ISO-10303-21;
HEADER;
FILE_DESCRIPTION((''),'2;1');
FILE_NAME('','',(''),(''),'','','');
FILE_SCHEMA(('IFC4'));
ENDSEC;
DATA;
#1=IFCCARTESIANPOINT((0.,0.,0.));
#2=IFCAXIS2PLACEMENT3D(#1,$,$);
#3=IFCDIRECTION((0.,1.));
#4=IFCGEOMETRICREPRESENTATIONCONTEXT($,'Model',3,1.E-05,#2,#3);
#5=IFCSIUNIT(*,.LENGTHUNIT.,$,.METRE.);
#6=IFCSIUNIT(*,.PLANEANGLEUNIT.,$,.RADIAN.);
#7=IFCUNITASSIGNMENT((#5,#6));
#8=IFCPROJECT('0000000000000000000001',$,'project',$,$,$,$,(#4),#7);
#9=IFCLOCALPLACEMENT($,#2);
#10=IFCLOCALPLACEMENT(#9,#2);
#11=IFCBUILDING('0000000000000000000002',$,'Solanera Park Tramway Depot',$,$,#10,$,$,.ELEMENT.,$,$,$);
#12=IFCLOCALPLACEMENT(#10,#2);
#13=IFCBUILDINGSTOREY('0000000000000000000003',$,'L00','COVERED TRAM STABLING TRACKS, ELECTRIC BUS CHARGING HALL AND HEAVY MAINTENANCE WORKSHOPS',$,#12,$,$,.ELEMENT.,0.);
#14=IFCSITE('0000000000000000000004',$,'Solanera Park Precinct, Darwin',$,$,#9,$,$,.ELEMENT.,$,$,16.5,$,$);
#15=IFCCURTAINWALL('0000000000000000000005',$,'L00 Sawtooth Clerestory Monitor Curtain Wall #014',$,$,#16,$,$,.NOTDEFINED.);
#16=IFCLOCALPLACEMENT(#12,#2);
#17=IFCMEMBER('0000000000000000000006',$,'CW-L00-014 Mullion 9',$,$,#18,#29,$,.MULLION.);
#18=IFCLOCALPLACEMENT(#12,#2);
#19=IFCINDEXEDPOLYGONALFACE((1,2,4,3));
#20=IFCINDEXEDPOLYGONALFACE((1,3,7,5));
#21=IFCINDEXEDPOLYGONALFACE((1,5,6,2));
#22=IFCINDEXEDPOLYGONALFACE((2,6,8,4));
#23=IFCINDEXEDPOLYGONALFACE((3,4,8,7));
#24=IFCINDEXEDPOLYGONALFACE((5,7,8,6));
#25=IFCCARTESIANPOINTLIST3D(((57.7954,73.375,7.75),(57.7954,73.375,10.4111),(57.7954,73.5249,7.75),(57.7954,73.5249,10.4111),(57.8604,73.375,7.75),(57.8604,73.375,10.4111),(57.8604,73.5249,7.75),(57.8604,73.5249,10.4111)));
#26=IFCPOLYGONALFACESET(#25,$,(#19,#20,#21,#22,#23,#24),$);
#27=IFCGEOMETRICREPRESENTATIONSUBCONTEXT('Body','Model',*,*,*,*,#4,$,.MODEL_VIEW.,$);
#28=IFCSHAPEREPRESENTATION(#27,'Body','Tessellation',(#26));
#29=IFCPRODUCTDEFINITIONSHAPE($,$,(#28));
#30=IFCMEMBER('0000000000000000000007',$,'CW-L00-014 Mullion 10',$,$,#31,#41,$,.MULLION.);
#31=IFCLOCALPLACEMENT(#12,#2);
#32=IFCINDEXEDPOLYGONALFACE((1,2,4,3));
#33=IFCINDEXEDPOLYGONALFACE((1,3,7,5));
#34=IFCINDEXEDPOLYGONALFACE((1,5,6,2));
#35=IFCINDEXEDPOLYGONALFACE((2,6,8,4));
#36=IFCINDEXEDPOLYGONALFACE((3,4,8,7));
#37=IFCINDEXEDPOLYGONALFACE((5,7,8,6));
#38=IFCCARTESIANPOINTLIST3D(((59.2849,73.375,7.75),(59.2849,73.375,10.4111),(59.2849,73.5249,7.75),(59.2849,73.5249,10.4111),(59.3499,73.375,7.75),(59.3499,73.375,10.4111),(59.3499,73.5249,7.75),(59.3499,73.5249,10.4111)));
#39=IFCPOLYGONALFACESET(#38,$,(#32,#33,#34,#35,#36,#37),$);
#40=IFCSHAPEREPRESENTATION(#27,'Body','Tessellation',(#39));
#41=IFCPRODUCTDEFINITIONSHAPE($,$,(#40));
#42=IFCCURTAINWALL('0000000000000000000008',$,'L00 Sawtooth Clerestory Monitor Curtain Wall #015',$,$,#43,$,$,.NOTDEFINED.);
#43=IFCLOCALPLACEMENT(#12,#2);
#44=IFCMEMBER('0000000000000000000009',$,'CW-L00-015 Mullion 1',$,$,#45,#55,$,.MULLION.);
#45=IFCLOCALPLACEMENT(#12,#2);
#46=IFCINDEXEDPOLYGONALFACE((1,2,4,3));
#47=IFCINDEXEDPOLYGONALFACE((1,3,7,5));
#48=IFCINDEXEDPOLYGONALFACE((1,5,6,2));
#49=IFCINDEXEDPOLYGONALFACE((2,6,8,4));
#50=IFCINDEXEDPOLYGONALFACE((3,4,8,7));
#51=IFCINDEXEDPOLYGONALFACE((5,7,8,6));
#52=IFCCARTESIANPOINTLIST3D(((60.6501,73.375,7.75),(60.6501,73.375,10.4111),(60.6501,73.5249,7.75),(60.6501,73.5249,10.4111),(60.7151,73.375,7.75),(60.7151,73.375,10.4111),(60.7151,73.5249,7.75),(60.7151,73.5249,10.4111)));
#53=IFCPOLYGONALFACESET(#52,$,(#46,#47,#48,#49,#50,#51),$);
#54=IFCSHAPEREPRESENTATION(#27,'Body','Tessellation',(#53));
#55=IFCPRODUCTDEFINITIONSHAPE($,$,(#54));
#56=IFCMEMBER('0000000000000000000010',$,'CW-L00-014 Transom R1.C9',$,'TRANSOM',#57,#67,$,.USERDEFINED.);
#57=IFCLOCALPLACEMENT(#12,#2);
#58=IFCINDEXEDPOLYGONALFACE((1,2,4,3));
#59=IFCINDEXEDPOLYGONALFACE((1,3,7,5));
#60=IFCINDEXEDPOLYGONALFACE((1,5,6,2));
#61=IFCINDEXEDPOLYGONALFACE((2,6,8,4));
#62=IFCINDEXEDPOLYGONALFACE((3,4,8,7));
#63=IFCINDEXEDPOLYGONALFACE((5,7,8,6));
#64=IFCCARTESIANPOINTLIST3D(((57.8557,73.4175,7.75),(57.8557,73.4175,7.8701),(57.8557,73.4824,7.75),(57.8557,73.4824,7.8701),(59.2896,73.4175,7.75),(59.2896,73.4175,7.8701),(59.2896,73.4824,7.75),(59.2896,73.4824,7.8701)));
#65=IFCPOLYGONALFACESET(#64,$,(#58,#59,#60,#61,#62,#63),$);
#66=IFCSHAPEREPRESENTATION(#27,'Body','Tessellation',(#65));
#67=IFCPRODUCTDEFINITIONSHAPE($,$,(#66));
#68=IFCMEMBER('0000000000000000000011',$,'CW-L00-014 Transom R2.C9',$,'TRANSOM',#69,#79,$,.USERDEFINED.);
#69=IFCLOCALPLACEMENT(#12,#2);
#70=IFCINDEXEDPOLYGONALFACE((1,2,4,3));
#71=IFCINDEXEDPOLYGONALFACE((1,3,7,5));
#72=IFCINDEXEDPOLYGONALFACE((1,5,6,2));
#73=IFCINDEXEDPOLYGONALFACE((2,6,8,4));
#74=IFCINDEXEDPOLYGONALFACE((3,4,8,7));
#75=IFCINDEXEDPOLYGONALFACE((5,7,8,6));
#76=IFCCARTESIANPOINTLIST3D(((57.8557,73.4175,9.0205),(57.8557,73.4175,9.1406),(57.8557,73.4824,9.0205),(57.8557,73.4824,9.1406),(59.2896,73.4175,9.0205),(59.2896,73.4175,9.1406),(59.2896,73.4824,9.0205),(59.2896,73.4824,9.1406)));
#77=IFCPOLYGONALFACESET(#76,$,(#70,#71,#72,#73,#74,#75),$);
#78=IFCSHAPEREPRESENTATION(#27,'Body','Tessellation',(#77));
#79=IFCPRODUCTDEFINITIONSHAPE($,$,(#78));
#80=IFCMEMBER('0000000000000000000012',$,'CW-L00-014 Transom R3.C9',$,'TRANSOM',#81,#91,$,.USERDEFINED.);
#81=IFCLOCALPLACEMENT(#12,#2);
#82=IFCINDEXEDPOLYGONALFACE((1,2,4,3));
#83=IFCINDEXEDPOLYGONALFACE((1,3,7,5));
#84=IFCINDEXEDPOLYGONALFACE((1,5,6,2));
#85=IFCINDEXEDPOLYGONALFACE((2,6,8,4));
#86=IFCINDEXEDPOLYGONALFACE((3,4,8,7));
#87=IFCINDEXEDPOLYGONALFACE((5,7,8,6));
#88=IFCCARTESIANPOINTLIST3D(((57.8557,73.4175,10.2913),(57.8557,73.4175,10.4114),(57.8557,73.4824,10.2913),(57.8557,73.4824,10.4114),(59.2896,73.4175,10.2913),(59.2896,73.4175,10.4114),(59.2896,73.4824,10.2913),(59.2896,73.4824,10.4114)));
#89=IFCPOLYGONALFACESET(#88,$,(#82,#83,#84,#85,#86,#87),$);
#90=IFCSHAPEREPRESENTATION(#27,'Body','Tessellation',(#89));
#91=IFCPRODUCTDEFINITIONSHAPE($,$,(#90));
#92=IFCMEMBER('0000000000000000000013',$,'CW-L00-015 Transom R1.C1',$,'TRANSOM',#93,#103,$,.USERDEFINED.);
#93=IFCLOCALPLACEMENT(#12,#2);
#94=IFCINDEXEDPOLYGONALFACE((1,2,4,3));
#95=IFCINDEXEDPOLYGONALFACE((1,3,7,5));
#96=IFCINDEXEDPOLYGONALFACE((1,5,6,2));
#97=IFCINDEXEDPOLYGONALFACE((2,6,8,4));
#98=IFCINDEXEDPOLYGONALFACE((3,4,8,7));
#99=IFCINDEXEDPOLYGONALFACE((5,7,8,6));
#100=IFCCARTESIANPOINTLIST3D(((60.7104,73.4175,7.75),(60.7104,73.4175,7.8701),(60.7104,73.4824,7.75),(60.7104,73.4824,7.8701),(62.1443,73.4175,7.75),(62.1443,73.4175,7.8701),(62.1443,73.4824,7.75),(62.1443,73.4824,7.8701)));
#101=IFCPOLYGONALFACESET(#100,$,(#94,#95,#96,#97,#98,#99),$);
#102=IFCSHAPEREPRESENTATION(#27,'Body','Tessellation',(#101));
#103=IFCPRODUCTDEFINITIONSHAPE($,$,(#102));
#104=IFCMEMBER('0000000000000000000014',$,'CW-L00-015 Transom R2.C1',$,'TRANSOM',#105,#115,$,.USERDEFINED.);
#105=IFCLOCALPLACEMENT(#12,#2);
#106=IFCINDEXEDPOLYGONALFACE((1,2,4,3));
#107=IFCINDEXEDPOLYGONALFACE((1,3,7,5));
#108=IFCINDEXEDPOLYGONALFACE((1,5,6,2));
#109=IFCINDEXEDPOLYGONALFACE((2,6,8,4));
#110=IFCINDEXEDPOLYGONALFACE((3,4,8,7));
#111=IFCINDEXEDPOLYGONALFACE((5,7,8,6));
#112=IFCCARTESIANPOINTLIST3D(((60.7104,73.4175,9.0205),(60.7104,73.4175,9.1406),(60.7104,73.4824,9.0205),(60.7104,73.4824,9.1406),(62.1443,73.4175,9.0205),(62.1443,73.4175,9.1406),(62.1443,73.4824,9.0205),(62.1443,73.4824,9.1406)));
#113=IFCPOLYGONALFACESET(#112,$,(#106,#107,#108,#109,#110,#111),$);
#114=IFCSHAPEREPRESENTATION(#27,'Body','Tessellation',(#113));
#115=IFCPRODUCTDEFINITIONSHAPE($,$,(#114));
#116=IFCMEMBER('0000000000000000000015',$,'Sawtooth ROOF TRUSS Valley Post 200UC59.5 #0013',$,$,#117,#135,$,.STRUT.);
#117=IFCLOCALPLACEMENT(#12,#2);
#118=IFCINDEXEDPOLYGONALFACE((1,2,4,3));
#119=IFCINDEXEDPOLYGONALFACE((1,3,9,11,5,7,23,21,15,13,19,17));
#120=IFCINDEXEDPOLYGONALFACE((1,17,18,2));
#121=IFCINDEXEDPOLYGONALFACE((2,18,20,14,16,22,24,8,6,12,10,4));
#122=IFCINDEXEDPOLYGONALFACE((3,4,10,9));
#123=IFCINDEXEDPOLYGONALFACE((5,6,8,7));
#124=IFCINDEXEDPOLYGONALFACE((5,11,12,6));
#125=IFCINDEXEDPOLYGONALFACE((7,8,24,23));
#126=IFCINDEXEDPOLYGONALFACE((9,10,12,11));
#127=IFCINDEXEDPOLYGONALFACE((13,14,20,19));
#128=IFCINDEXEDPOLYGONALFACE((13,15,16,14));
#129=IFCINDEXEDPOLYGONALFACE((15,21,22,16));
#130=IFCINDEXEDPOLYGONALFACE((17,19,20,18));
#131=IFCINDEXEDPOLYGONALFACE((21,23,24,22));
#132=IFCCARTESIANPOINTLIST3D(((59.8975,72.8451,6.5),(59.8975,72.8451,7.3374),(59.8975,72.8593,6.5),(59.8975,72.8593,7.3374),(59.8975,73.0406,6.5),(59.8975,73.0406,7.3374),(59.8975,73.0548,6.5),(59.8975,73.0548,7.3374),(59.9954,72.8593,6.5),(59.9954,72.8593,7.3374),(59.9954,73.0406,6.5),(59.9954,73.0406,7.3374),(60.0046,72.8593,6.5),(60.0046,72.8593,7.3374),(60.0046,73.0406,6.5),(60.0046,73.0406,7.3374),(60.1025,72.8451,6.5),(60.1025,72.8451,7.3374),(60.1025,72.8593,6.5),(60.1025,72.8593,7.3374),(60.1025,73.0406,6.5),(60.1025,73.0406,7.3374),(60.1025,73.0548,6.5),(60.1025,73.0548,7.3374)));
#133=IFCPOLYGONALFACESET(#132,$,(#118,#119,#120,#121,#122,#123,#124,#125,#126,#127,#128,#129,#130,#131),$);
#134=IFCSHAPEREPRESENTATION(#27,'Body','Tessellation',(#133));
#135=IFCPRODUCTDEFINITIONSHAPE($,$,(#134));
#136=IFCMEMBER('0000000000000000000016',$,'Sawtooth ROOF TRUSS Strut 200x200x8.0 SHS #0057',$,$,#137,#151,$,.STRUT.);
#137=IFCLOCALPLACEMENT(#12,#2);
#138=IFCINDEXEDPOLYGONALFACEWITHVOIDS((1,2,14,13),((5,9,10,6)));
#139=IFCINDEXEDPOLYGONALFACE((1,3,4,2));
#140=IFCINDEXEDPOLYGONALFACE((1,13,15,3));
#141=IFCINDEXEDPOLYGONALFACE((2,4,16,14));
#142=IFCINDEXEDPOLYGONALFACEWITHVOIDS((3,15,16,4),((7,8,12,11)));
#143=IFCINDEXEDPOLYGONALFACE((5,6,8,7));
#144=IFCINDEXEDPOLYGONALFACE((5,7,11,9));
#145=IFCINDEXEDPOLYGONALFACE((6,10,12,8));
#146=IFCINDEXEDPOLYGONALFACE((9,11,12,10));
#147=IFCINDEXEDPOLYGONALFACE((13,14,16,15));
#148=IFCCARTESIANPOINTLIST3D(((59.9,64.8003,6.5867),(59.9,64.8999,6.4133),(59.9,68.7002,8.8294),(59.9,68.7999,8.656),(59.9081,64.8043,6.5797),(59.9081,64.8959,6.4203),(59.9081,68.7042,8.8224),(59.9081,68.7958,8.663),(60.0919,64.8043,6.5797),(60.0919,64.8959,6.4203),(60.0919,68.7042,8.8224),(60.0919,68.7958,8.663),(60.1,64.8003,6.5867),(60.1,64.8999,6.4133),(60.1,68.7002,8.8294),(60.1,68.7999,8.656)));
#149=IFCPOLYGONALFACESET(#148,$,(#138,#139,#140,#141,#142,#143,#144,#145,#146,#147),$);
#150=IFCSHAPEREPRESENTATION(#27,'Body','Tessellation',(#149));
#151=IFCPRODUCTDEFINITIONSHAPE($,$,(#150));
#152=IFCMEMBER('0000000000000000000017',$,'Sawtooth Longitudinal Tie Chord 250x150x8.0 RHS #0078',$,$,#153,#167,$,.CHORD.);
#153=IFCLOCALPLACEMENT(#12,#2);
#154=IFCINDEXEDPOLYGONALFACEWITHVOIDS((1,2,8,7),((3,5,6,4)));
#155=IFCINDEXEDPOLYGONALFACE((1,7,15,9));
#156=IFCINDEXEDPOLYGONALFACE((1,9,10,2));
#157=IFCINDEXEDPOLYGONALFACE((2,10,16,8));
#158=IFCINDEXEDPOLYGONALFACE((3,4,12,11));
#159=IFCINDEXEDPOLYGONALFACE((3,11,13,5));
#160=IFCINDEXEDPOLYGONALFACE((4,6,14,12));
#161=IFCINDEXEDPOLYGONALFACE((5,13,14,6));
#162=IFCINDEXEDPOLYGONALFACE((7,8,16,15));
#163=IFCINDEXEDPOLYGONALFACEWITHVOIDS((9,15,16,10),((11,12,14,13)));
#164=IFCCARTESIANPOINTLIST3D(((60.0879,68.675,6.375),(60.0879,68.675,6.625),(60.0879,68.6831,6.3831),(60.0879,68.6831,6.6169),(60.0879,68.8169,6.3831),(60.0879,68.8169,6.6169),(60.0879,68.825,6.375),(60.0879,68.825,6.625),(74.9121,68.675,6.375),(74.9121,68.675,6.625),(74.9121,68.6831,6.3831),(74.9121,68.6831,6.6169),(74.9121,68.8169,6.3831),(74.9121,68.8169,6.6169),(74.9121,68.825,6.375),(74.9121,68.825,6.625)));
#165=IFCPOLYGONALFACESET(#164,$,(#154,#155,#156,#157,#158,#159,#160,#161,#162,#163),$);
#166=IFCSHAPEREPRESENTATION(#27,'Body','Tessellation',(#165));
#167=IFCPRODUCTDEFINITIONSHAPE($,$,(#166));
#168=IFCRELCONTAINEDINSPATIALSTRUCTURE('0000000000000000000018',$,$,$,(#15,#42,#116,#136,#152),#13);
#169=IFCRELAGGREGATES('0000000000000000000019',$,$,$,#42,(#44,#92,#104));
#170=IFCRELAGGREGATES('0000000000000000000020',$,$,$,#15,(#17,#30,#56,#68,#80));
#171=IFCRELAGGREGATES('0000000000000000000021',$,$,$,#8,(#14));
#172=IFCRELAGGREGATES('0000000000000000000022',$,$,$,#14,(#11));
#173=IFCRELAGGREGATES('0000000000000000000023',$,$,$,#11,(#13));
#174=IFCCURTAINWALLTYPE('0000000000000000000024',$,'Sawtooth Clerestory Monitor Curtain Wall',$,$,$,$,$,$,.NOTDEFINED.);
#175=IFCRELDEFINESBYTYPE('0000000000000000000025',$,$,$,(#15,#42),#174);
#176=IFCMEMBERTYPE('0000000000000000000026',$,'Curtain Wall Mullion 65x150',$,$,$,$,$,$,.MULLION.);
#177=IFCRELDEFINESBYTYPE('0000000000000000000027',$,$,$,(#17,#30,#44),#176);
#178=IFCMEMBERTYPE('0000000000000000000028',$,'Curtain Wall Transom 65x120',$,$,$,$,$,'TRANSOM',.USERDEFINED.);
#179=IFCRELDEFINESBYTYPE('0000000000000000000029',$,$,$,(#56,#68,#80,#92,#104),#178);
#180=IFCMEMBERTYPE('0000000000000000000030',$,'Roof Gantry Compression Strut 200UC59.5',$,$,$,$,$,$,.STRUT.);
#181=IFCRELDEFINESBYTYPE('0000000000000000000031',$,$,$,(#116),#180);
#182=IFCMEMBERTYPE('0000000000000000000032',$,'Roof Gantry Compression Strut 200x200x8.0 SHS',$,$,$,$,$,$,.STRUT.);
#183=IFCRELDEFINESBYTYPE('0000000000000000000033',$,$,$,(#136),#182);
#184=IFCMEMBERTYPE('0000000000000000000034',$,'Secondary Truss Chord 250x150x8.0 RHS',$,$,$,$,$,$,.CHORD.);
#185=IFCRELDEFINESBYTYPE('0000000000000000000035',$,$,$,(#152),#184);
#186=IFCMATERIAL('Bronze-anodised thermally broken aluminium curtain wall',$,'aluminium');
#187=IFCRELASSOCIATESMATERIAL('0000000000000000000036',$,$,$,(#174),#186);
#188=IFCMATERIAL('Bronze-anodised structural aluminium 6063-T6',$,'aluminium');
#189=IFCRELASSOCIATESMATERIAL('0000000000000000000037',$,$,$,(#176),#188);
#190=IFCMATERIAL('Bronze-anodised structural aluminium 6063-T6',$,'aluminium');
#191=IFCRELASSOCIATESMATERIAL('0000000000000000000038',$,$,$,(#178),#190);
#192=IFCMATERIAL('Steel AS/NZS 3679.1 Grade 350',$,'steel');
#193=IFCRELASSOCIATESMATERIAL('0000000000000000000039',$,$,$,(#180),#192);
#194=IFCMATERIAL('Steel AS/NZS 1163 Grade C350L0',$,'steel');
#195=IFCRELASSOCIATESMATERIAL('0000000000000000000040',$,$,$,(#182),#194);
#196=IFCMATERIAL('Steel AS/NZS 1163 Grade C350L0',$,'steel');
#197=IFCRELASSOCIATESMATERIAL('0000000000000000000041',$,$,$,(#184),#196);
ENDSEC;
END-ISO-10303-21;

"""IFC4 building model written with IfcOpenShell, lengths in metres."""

from ifc_helpers import new_model, si_unit, direction, frame, origin, origin_2d, place, context, subcontext, project, spatial, rectangle, hollow_rectangle, i_section, extrude, material, material_profile, profile_set, type_object, element, aggregate, save


model = new_model("IFC4")

# Units and contexts
model_context = context("Model", 3, precision=1e-05, world=origin(), true_north=direction((0.0, 1.0)))
body_context = subcontext(model_context, "Body", "Model", "MODEL_VIEW")
ifc_project = project(units=[si_unit("LENGTHUNIT", "METRE"), si_unit("PLANEANGLEUNIT", "RADIAN")], contexts=[model_context])

# Site, building, storey
site_placement = place(None, origin())
site = spatial("IfcSite", under=ifc_project, at=site_placement, Name="Solanera Park Precinct, Darwin", CompositionType="ELEMENT", RefElevation=16.5)
building_placement = place(site_placement, origin())
building = spatial("IfcBuilding", under=site, at=building_placement, Name="Solanera Park Tramway Depot", CompositionType="ELEMENT")
storey_placement = place(building_placement, origin())
storey = spatial("IfcBuildingStorey", under=building, at=storey_placement, Name="L00", Description="COVERED TRAM STABLING TRACKS, ELECTRIC BUS CHARGING HALL AND HEAVY MAINTENANCE WORKSHOPS", CompositionType="ELEMENT", Elevation=0.0)

# Curtain wall, members
ifc_material_1 = material(Name="Bronze-anodised thermally broken aluminium curtain wall", Category="aluminium")
curtain_wall_type = type_object("IfcCurtainWallType", Name="Sawtooth Clerestory Monitor Curtain Wall", PredefinedType="NOTDEFINED", material=ifc_material_1)
curtain_wall_1_placement = place(storey_placement, origin())
curtain_wall_1 = element("IfcCurtainWall", 1, at=curtain_wall_1_placement, inside=storey, type_object=curtain_wall_type, Name="L00 Sawtooth Clerestory Monitor Curtain Wall #014", PredefinedType="NOTDEFINED")
ifc_material_2 = material(Name="Bronze-anodised structural aluminium 6063-T6", Category="aluminium")
ifc_material_profile_1 = material_profile(ifc_material_2, rectangle(XDim=0.0649, YDim=0.1499, at=origin_2d()), Name="Curtain Wall Mullion 65x150")
ifc_profile_set_1 = profile_set([ifc_material_profile_1], Name="Bronze-anodised structural aluminium 6063-T6")
member_type_1 = type_object("IfcMemberType", Name="Curtain Wall Mullion 65x150", PredefinedType="MULLION", material=ifc_profile_set_1)
member_1_placement = place(storey_placement, frame((57.8279, 73.45, 7.75), z_axis=(0.0, 0.0, 1.0), x_axis=(1.0, 0.0, 0.0)))
member_1 = element("IfcMember", 2, at=member_1_placement, type_object=member_type_1, Name="CW-L00-014 Mullion 9", PredefinedType="MULLION", context=body_context, shape_type="SweptSolid", body=[
    extrude(rectangle(XDim=0.0649, YDim=0.1499, at=origin_2d()), origin(), (0.0, 0.0, 1.0), 2.6611),
])
member_2_placement = place(storey_placement, frame((59.3174, 73.45, 7.75), z_axis=(0.0, 0.0, 1.0), x_axis=(1.0, 0.0, 0.0)))
member_2 = element("IfcMember", 3, at=member_2_placement, type_object=member_type_1, Name="CW-L00-014 Mullion 10", PredefinedType="MULLION", context=body_context, shape_type="SweptSolid", body=[
    extrude(rectangle(XDim=0.0649, YDim=0.1499, at=origin_2d()), origin(), (0.0, 0.0, 1.0), 2.6611),
])

# Curtain wall, member
curtain_wall_2_placement = place(storey_placement, origin())
curtain_wall_2 = element("IfcCurtainWall", 4, at=curtain_wall_2_placement, inside=storey, type_object=curtain_wall_type, Name="L00 Sawtooth Clerestory Monitor Curtain Wall #015", PredefinedType="NOTDEFINED")
member_3_placement = place(storey_placement, frame((60.6826, 73.45, 7.75), z_axis=(0.0, 0.0, 1.0), x_axis=(1.0, 0.0, 0.0)))
member_3 = element("IfcMember", 5, at=member_3_placement, type_object=member_type_1, Name="CW-L00-015 Mullion 1", PredefinedType="MULLION", context=body_context, shape_type="SweptSolid", body=[
    extrude(rectangle(XDim=0.0649, YDim=0.1499, at=origin_2d()), origin(), (0.0, 0.0, 1.0), 2.6611),
])

# Members
ifc_material_3 = material(Name="Bronze-anodised structural aluminium 6063-T6", Category="aluminium")
ifc_material_profile_2 = material_profile(ifc_material_3, rectangle(XDim=0.0649, YDim=0.1201, at=origin_2d()), Name="Curtain Wall Transom 65x120")
ifc_profile_set_2 = profile_set([ifc_material_profile_2], Name="Bronze-anodised structural aluminium 6063-T6")
member_type_2 = type_object("IfcMemberType", Name="Curtain Wall Transom 65x120", ElementType="TRANSOM", PredefinedType="USERDEFINED", material=ifc_profile_set_2)
member_4_placement = place(storey_placement, frame((57.8557, 73.45, 7.8101), z_axis=(1.0, 0.0, 0.0), x_axis=(0.0, 1.0, 0.0)))
member_4 = element("IfcMember", 6, at=member_4_placement, type_object=member_type_2, Name="CW-L00-014 Transom R1.C9", ObjectType="TRANSOM", PredefinedType="USERDEFINED", context=body_context, shape_type="SweptSolid", body=[
    extrude(rectangle(XDim=0.0649, YDim=0.1201, at=origin_2d()), origin(), (0.0, 0.0, 1.0), 1.4338),
])
member_5_placement = place(storey_placement, frame((57.8557, 73.45, 9.0806), z_axis=(1.0, 0.0, 0.0), x_axis=(0.0, 1.0, 0.0)))
member_5 = element("IfcMember", 7, at=member_5_placement, type_object=member_type_2, Name="CW-L00-014 Transom R2.C9", ObjectType="TRANSOM", PredefinedType="USERDEFINED", context=body_context, shape_type="SweptSolid", body=[
    extrude(rectangle(XDim=0.0649, YDim=0.1201, at=origin_2d()), origin(), (0.0, 0.0, 1.0), 1.4338),
])
member_6_placement = place(storey_placement, frame((57.8557, 73.45, 10.3513), z_axis=(1.0, 0.0, 0.0), x_axis=(0.0, 1.0, 0.0)))
member_6 = element("IfcMember", 8, at=member_6_placement, type_object=member_type_2, Name="CW-L00-014 Transom R3.C9", ObjectType="TRANSOM", PredefinedType="USERDEFINED", context=body_context, shape_type="SweptSolid", body=[
    extrude(rectangle(XDim=0.0649, YDim=0.1201, at=origin_2d()), origin(), (0.0, 0.0, 1.0), 1.4338),
])
member_7_placement = place(storey_placement, frame((60.7104, 73.45, 7.8101), z_axis=(1.0, 0.0, 0.0), x_axis=(0.0, 1.0, 0.0)))
member_7 = element("IfcMember", 9, at=member_7_placement, type_object=member_type_2, Name="CW-L00-015 Transom R1.C1", ObjectType="TRANSOM", PredefinedType="USERDEFINED", context=body_context, shape_type="SweptSolid", body=[
    extrude(rectangle(XDim=0.0649, YDim=0.1201, at=origin_2d()), origin(), (0.0, 0.0, 1.0), 1.4338),
])
member_8_placement = place(storey_placement, frame((60.7104, 73.45, 9.0806), z_axis=(1.0, 0.0, 0.0), x_axis=(0.0, 1.0, 0.0)))
member_8 = element("IfcMember", 10, at=member_8_placement, type_object=member_type_2, Name="CW-L00-015 Transom R2.C1", ObjectType="TRANSOM", PredefinedType="USERDEFINED", context=body_context, shape_type="SweptSolid", body=[
    extrude(rectangle(XDim=0.0649, YDim=0.1201, at=origin_2d()), origin(), (0.0, 0.0, 1.0), 1.4338),
])
aggregate(curtain_wall_2, [member_3, member_7, member_8])

# Members
ifc_material_4 = material(Name="Steel AS/NZS 3679.1 Grade 350", Category="steel")
ifc_material_profile_3 = material_profile(ifc_material_4, i_section(OverallWidth=0.2051, OverallDepth=0.2097, WebThickness=0.0093, FlangeThickness=0.0142, at=origin_2d()), Name="200UC59.5")
ifc_profile_set_3 = profile_set([ifc_material_profile_3], Name="Steel AS/NZS 3679.1 Grade 350")
member_type_3 = type_object("IfcMemberType", Name="Roof Gantry Compression Strut 200UC59.5", PredefinedType="STRUT", material=ifc_profile_set_3)
member_9_placement = place(storey_placement, frame((60.0, 72.95, 6.5), z_axis=(0.0, 0.0, 1.0), x_axis=(1.0, 0.0, 0.0)))
element("IfcMember", 11, at=member_9_placement, inside=storey, type_object=member_type_3, Name="Sawtooth ROOF TRUSS Valley Post 200UC59.5 #0013", PredefinedType="STRUT", context=body_context, shape_type="SweptSolid", body=[
    extrude(i_section(OverallWidth=0.2051, OverallDepth=0.2097, WebThickness=0.0093, FlangeThickness=0.0142, at=origin_2d()), origin(), (0.0, 0.0, 1.0), 0.8374),
])
ifc_material_5 = material(Name="Steel AS/NZS 1163 Grade C350L0", Category="steel")
ifc_material_profile_4 = material_profile(ifc_material_5, hollow_rectangle(XDim=0.2, YDim=0.2, WallThickness=0.0081, at=origin_2d()), Name="200x200x8.0 SHS")
ifc_profile_set_4 = profile_set([ifc_material_profile_4], Name="Steel AS/NZS 1163 Grade C350L0")
member_type_4 = type_object("IfcMemberType", Name="Roof Gantry Compression Strut 200x200x8.0 SHS", PredefinedType="STRUT", material=ifc_profile_set_4)
member_10_placement = place(storey_placement, frame((60.0, 64.8501, 6.5), z_axis=(0.0, 0.866884, 0.49851), x_axis=(-1.0, 0.0, 0.0)))
element("IfcMember", 12, at=member_10_placement, inside=storey, type_object=member_type_4, Name="Sawtooth ROOF TRUSS Strut 200x200x8.0 SHS #0057", PredefinedType="STRUT", context=body_context, shape_type="SweptSolid", body=[
    extrude(hollow_rectangle(XDim=0.2, YDim=0.2, WallThickness=0.0081, at=origin_2d()), origin(), (0.0, 0.0, 1.0), 4.4988),
])
ifc_material_6 = material(Name="Steel AS/NZS 1163 Grade C350L0", Category="steel")
ifc_material_profile_5 = material_profile(ifc_material_6, hollow_rectangle(XDim=0.1499, YDim=0.25, WallThickness=0.0081, at=origin_2d()), Name="250x150x8.0 RHS")
ifc_profile_set_5 = profile_set([ifc_material_profile_5], Name="Steel AS/NZS 1163 Grade C350L0")
member_type_5 = type_object("IfcMemberType", Name="Secondary Truss Chord 250x150x8.0 RHS", PredefinedType="CHORD", material=ifc_profile_set_5)
member_11_placement = place(storey_placement, frame((60.0879, 68.75, 6.5), z_axis=(1.0, 0.0, 0.0), x_axis=(0.0, 1.0, 0.0)))
element("IfcMember", 13, at=member_11_placement, inside=storey, type_object=member_type_5, Name="Sawtooth Longitudinal Tie Chord 250x150x8.0 RHS #0078", PredefinedType="CHORD", context=body_context, shape_type="SweptSolid", body=[
    extrude(hollow_rectangle(XDim=0.1499, YDim=0.25, WallThickness=0.0081, at=origin_2d()), origin(), (0.0, 0.0, 1.0), 14.8242),
])

aggregate(curtain_wall_1, [member_1, member_2, member_4, member_5, member_6])

save(model, "model.ifc")
